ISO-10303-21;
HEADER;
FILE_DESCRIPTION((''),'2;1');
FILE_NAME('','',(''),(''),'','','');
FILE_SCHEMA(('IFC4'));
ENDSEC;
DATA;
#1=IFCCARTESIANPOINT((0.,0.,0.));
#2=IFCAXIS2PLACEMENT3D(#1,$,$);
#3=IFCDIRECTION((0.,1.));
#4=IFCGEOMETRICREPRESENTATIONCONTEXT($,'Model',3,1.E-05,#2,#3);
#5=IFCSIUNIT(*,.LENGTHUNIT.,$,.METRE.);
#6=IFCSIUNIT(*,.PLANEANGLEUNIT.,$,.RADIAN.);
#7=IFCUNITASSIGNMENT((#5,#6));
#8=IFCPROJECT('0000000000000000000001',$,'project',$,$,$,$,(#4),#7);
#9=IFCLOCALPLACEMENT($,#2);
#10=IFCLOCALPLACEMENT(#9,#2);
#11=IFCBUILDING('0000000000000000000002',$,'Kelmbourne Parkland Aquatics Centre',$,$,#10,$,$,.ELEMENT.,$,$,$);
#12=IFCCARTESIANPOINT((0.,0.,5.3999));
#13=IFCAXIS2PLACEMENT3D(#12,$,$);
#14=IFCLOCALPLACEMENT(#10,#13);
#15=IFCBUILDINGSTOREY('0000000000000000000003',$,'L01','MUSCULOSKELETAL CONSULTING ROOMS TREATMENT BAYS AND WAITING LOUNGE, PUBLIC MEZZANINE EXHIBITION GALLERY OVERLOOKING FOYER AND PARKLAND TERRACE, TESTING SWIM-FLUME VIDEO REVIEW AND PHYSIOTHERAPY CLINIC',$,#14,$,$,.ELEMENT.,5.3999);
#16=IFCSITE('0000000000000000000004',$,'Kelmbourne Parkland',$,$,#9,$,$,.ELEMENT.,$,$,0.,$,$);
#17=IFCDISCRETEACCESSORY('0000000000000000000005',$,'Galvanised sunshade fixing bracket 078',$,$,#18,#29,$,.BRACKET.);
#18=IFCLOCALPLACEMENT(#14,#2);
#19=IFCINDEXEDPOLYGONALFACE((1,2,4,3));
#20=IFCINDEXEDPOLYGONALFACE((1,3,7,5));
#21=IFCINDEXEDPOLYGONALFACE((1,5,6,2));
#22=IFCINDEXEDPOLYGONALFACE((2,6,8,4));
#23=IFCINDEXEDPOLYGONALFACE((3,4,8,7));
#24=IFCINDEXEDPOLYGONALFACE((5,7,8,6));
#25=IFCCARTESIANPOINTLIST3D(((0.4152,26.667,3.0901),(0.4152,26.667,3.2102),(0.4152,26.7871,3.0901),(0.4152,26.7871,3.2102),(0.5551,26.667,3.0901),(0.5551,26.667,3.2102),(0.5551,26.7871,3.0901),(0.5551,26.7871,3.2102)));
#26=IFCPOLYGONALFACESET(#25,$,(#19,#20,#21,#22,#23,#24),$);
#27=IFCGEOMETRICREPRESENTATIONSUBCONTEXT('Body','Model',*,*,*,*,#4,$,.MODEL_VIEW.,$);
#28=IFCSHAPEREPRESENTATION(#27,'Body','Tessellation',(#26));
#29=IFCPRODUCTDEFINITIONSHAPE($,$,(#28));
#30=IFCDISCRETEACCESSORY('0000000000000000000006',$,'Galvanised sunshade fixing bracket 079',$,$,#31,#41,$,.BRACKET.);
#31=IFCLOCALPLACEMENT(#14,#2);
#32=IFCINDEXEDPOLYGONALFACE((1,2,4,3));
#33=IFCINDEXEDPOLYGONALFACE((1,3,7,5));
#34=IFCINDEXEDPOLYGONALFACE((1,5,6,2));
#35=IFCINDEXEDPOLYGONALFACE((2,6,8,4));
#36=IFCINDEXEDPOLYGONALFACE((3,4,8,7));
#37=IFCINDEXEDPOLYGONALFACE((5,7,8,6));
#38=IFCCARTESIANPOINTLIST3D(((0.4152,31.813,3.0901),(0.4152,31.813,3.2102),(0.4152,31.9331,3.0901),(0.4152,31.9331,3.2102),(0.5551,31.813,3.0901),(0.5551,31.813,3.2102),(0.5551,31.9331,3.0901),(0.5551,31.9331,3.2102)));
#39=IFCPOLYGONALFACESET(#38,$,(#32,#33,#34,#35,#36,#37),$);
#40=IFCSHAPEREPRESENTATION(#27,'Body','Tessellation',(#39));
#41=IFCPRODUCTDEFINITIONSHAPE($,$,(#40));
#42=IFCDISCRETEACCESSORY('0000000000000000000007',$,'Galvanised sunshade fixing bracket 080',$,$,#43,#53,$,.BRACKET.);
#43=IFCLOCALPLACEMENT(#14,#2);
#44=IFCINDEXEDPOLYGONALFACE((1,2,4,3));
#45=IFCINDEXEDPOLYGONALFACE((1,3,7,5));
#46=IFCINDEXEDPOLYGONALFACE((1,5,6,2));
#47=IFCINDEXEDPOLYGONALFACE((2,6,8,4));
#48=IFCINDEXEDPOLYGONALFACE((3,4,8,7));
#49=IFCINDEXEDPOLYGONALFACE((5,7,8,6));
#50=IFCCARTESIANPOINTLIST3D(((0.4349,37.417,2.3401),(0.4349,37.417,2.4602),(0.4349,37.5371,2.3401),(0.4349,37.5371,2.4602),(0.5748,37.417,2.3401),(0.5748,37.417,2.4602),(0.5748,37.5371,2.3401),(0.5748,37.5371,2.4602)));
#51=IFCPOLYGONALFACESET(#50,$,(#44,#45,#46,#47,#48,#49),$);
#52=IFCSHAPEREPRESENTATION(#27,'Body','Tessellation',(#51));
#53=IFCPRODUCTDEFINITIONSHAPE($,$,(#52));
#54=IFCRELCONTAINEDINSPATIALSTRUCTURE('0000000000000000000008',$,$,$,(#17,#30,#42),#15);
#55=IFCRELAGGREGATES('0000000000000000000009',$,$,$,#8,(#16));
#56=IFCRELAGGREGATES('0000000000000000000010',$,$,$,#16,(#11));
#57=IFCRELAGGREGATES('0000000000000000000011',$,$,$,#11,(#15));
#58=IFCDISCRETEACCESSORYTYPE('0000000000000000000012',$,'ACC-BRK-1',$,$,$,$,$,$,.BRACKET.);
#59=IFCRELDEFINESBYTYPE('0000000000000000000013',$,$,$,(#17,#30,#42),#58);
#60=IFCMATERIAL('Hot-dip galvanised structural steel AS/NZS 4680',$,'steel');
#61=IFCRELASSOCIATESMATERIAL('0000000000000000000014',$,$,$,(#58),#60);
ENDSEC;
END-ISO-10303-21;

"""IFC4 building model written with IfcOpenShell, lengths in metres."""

from ifc_helpers import new_model, si_unit, direction, frame, origin, origin_2d, place, context, subcontext, project, spatial, rectangle, extrude, material, type_object, element, save


model = new_model("IFC4")

# Units and contexts
model_context = context("Model", 3, precision=1e-05, world=origin(), true_north=direction((0.0, 1.0)))
body_context = subcontext(model_context, "Body", "Model", "MODEL_VIEW")
ifc_project = project(units=[si_unit("LENGTHUNIT", "METRE"), si_unit("PLANEANGLEUNIT", "RADIAN")], contexts=[model_context])

# Site, building, storey
site_placement = place(None, origin())
site = spatial("IfcSite", under=ifc_project, at=site_placement, Name="Kelmbourne Parkland", CompositionType="ELEMENT", RefElevation=0.0)
building_placement = place(site_placement, origin())
building = spatial("IfcBuilding", under=site, at=building_placement, Name="Kelmbourne Parkland Aquatics Centre", CompositionType="ELEMENT")
storey_placement = place(building_placement, frame((0.0, 0.0, 5.3999)))
storey = spatial("IfcBuildingStorey", under=building, at=storey_placement, Name="L01", Description="MUSCULOSKELETAL CONSULTING ROOMS TREATMENT BAYS AND WAITING LOUNGE, PUBLIC MEZZANINE EXHIBITION GALLERY OVERLOOKING FOYER AND PARKLAND TERRACE, TESTING SWIM-FLUME VIDEO REVIEW AND PHYSIOTHERAPY CLINIC", CompositionType="ELEMENT", Elevation=5.3999)

# Discrete accessories
ifc_material_1 = material(Name="Hot-dip galvanised structural steel AS/NZS 4680", Category="steel")
discrete_accessory_type = type_object("IfcDiscreteAccessoryType", Name="ACC-BRK-1", PredefinedType="BRACKET", material=ifc_material_1)
for number, where, z_axis, x_axis, name in (
    (1, (0.4851, 26.7271, 3.0901), (0.0, 0.0, 1.0), (0.0, 1.0, 0.0), "Galvanised sunshade fixing bracket 078"),
    (2, (0.4851, 31.873, 3.0901), (0.0, 0.0, 1.0), (0.0, 1.0, 0.0), "Galvanised sunshade fixing bracket 079"),
    (3, (0.5049, 37.4771, 2.3401), (0.0, 0.0, 1.0), (0.0, 1.0, 0.0), "Galvanised sunshade fixing bracket 080"),
):
    element("IfcDiscreteAccessory", number, at=place(storey_placement, frame(where, z_axis=z_axis, x_axis=x_axis)), inside=storey, type_object=discrete_accessory_type, Name=name, PredefinedType="BRACKET", context=body_context, shape_type="SweptSolid", body=[
        extrude(rectangle(XDim=0.1201, YDim=0.1399, at=origin_2d()), origin(), (0.0, 0.0, 1.0), 0.1201),
    ])

save(model, "model.ifc")
